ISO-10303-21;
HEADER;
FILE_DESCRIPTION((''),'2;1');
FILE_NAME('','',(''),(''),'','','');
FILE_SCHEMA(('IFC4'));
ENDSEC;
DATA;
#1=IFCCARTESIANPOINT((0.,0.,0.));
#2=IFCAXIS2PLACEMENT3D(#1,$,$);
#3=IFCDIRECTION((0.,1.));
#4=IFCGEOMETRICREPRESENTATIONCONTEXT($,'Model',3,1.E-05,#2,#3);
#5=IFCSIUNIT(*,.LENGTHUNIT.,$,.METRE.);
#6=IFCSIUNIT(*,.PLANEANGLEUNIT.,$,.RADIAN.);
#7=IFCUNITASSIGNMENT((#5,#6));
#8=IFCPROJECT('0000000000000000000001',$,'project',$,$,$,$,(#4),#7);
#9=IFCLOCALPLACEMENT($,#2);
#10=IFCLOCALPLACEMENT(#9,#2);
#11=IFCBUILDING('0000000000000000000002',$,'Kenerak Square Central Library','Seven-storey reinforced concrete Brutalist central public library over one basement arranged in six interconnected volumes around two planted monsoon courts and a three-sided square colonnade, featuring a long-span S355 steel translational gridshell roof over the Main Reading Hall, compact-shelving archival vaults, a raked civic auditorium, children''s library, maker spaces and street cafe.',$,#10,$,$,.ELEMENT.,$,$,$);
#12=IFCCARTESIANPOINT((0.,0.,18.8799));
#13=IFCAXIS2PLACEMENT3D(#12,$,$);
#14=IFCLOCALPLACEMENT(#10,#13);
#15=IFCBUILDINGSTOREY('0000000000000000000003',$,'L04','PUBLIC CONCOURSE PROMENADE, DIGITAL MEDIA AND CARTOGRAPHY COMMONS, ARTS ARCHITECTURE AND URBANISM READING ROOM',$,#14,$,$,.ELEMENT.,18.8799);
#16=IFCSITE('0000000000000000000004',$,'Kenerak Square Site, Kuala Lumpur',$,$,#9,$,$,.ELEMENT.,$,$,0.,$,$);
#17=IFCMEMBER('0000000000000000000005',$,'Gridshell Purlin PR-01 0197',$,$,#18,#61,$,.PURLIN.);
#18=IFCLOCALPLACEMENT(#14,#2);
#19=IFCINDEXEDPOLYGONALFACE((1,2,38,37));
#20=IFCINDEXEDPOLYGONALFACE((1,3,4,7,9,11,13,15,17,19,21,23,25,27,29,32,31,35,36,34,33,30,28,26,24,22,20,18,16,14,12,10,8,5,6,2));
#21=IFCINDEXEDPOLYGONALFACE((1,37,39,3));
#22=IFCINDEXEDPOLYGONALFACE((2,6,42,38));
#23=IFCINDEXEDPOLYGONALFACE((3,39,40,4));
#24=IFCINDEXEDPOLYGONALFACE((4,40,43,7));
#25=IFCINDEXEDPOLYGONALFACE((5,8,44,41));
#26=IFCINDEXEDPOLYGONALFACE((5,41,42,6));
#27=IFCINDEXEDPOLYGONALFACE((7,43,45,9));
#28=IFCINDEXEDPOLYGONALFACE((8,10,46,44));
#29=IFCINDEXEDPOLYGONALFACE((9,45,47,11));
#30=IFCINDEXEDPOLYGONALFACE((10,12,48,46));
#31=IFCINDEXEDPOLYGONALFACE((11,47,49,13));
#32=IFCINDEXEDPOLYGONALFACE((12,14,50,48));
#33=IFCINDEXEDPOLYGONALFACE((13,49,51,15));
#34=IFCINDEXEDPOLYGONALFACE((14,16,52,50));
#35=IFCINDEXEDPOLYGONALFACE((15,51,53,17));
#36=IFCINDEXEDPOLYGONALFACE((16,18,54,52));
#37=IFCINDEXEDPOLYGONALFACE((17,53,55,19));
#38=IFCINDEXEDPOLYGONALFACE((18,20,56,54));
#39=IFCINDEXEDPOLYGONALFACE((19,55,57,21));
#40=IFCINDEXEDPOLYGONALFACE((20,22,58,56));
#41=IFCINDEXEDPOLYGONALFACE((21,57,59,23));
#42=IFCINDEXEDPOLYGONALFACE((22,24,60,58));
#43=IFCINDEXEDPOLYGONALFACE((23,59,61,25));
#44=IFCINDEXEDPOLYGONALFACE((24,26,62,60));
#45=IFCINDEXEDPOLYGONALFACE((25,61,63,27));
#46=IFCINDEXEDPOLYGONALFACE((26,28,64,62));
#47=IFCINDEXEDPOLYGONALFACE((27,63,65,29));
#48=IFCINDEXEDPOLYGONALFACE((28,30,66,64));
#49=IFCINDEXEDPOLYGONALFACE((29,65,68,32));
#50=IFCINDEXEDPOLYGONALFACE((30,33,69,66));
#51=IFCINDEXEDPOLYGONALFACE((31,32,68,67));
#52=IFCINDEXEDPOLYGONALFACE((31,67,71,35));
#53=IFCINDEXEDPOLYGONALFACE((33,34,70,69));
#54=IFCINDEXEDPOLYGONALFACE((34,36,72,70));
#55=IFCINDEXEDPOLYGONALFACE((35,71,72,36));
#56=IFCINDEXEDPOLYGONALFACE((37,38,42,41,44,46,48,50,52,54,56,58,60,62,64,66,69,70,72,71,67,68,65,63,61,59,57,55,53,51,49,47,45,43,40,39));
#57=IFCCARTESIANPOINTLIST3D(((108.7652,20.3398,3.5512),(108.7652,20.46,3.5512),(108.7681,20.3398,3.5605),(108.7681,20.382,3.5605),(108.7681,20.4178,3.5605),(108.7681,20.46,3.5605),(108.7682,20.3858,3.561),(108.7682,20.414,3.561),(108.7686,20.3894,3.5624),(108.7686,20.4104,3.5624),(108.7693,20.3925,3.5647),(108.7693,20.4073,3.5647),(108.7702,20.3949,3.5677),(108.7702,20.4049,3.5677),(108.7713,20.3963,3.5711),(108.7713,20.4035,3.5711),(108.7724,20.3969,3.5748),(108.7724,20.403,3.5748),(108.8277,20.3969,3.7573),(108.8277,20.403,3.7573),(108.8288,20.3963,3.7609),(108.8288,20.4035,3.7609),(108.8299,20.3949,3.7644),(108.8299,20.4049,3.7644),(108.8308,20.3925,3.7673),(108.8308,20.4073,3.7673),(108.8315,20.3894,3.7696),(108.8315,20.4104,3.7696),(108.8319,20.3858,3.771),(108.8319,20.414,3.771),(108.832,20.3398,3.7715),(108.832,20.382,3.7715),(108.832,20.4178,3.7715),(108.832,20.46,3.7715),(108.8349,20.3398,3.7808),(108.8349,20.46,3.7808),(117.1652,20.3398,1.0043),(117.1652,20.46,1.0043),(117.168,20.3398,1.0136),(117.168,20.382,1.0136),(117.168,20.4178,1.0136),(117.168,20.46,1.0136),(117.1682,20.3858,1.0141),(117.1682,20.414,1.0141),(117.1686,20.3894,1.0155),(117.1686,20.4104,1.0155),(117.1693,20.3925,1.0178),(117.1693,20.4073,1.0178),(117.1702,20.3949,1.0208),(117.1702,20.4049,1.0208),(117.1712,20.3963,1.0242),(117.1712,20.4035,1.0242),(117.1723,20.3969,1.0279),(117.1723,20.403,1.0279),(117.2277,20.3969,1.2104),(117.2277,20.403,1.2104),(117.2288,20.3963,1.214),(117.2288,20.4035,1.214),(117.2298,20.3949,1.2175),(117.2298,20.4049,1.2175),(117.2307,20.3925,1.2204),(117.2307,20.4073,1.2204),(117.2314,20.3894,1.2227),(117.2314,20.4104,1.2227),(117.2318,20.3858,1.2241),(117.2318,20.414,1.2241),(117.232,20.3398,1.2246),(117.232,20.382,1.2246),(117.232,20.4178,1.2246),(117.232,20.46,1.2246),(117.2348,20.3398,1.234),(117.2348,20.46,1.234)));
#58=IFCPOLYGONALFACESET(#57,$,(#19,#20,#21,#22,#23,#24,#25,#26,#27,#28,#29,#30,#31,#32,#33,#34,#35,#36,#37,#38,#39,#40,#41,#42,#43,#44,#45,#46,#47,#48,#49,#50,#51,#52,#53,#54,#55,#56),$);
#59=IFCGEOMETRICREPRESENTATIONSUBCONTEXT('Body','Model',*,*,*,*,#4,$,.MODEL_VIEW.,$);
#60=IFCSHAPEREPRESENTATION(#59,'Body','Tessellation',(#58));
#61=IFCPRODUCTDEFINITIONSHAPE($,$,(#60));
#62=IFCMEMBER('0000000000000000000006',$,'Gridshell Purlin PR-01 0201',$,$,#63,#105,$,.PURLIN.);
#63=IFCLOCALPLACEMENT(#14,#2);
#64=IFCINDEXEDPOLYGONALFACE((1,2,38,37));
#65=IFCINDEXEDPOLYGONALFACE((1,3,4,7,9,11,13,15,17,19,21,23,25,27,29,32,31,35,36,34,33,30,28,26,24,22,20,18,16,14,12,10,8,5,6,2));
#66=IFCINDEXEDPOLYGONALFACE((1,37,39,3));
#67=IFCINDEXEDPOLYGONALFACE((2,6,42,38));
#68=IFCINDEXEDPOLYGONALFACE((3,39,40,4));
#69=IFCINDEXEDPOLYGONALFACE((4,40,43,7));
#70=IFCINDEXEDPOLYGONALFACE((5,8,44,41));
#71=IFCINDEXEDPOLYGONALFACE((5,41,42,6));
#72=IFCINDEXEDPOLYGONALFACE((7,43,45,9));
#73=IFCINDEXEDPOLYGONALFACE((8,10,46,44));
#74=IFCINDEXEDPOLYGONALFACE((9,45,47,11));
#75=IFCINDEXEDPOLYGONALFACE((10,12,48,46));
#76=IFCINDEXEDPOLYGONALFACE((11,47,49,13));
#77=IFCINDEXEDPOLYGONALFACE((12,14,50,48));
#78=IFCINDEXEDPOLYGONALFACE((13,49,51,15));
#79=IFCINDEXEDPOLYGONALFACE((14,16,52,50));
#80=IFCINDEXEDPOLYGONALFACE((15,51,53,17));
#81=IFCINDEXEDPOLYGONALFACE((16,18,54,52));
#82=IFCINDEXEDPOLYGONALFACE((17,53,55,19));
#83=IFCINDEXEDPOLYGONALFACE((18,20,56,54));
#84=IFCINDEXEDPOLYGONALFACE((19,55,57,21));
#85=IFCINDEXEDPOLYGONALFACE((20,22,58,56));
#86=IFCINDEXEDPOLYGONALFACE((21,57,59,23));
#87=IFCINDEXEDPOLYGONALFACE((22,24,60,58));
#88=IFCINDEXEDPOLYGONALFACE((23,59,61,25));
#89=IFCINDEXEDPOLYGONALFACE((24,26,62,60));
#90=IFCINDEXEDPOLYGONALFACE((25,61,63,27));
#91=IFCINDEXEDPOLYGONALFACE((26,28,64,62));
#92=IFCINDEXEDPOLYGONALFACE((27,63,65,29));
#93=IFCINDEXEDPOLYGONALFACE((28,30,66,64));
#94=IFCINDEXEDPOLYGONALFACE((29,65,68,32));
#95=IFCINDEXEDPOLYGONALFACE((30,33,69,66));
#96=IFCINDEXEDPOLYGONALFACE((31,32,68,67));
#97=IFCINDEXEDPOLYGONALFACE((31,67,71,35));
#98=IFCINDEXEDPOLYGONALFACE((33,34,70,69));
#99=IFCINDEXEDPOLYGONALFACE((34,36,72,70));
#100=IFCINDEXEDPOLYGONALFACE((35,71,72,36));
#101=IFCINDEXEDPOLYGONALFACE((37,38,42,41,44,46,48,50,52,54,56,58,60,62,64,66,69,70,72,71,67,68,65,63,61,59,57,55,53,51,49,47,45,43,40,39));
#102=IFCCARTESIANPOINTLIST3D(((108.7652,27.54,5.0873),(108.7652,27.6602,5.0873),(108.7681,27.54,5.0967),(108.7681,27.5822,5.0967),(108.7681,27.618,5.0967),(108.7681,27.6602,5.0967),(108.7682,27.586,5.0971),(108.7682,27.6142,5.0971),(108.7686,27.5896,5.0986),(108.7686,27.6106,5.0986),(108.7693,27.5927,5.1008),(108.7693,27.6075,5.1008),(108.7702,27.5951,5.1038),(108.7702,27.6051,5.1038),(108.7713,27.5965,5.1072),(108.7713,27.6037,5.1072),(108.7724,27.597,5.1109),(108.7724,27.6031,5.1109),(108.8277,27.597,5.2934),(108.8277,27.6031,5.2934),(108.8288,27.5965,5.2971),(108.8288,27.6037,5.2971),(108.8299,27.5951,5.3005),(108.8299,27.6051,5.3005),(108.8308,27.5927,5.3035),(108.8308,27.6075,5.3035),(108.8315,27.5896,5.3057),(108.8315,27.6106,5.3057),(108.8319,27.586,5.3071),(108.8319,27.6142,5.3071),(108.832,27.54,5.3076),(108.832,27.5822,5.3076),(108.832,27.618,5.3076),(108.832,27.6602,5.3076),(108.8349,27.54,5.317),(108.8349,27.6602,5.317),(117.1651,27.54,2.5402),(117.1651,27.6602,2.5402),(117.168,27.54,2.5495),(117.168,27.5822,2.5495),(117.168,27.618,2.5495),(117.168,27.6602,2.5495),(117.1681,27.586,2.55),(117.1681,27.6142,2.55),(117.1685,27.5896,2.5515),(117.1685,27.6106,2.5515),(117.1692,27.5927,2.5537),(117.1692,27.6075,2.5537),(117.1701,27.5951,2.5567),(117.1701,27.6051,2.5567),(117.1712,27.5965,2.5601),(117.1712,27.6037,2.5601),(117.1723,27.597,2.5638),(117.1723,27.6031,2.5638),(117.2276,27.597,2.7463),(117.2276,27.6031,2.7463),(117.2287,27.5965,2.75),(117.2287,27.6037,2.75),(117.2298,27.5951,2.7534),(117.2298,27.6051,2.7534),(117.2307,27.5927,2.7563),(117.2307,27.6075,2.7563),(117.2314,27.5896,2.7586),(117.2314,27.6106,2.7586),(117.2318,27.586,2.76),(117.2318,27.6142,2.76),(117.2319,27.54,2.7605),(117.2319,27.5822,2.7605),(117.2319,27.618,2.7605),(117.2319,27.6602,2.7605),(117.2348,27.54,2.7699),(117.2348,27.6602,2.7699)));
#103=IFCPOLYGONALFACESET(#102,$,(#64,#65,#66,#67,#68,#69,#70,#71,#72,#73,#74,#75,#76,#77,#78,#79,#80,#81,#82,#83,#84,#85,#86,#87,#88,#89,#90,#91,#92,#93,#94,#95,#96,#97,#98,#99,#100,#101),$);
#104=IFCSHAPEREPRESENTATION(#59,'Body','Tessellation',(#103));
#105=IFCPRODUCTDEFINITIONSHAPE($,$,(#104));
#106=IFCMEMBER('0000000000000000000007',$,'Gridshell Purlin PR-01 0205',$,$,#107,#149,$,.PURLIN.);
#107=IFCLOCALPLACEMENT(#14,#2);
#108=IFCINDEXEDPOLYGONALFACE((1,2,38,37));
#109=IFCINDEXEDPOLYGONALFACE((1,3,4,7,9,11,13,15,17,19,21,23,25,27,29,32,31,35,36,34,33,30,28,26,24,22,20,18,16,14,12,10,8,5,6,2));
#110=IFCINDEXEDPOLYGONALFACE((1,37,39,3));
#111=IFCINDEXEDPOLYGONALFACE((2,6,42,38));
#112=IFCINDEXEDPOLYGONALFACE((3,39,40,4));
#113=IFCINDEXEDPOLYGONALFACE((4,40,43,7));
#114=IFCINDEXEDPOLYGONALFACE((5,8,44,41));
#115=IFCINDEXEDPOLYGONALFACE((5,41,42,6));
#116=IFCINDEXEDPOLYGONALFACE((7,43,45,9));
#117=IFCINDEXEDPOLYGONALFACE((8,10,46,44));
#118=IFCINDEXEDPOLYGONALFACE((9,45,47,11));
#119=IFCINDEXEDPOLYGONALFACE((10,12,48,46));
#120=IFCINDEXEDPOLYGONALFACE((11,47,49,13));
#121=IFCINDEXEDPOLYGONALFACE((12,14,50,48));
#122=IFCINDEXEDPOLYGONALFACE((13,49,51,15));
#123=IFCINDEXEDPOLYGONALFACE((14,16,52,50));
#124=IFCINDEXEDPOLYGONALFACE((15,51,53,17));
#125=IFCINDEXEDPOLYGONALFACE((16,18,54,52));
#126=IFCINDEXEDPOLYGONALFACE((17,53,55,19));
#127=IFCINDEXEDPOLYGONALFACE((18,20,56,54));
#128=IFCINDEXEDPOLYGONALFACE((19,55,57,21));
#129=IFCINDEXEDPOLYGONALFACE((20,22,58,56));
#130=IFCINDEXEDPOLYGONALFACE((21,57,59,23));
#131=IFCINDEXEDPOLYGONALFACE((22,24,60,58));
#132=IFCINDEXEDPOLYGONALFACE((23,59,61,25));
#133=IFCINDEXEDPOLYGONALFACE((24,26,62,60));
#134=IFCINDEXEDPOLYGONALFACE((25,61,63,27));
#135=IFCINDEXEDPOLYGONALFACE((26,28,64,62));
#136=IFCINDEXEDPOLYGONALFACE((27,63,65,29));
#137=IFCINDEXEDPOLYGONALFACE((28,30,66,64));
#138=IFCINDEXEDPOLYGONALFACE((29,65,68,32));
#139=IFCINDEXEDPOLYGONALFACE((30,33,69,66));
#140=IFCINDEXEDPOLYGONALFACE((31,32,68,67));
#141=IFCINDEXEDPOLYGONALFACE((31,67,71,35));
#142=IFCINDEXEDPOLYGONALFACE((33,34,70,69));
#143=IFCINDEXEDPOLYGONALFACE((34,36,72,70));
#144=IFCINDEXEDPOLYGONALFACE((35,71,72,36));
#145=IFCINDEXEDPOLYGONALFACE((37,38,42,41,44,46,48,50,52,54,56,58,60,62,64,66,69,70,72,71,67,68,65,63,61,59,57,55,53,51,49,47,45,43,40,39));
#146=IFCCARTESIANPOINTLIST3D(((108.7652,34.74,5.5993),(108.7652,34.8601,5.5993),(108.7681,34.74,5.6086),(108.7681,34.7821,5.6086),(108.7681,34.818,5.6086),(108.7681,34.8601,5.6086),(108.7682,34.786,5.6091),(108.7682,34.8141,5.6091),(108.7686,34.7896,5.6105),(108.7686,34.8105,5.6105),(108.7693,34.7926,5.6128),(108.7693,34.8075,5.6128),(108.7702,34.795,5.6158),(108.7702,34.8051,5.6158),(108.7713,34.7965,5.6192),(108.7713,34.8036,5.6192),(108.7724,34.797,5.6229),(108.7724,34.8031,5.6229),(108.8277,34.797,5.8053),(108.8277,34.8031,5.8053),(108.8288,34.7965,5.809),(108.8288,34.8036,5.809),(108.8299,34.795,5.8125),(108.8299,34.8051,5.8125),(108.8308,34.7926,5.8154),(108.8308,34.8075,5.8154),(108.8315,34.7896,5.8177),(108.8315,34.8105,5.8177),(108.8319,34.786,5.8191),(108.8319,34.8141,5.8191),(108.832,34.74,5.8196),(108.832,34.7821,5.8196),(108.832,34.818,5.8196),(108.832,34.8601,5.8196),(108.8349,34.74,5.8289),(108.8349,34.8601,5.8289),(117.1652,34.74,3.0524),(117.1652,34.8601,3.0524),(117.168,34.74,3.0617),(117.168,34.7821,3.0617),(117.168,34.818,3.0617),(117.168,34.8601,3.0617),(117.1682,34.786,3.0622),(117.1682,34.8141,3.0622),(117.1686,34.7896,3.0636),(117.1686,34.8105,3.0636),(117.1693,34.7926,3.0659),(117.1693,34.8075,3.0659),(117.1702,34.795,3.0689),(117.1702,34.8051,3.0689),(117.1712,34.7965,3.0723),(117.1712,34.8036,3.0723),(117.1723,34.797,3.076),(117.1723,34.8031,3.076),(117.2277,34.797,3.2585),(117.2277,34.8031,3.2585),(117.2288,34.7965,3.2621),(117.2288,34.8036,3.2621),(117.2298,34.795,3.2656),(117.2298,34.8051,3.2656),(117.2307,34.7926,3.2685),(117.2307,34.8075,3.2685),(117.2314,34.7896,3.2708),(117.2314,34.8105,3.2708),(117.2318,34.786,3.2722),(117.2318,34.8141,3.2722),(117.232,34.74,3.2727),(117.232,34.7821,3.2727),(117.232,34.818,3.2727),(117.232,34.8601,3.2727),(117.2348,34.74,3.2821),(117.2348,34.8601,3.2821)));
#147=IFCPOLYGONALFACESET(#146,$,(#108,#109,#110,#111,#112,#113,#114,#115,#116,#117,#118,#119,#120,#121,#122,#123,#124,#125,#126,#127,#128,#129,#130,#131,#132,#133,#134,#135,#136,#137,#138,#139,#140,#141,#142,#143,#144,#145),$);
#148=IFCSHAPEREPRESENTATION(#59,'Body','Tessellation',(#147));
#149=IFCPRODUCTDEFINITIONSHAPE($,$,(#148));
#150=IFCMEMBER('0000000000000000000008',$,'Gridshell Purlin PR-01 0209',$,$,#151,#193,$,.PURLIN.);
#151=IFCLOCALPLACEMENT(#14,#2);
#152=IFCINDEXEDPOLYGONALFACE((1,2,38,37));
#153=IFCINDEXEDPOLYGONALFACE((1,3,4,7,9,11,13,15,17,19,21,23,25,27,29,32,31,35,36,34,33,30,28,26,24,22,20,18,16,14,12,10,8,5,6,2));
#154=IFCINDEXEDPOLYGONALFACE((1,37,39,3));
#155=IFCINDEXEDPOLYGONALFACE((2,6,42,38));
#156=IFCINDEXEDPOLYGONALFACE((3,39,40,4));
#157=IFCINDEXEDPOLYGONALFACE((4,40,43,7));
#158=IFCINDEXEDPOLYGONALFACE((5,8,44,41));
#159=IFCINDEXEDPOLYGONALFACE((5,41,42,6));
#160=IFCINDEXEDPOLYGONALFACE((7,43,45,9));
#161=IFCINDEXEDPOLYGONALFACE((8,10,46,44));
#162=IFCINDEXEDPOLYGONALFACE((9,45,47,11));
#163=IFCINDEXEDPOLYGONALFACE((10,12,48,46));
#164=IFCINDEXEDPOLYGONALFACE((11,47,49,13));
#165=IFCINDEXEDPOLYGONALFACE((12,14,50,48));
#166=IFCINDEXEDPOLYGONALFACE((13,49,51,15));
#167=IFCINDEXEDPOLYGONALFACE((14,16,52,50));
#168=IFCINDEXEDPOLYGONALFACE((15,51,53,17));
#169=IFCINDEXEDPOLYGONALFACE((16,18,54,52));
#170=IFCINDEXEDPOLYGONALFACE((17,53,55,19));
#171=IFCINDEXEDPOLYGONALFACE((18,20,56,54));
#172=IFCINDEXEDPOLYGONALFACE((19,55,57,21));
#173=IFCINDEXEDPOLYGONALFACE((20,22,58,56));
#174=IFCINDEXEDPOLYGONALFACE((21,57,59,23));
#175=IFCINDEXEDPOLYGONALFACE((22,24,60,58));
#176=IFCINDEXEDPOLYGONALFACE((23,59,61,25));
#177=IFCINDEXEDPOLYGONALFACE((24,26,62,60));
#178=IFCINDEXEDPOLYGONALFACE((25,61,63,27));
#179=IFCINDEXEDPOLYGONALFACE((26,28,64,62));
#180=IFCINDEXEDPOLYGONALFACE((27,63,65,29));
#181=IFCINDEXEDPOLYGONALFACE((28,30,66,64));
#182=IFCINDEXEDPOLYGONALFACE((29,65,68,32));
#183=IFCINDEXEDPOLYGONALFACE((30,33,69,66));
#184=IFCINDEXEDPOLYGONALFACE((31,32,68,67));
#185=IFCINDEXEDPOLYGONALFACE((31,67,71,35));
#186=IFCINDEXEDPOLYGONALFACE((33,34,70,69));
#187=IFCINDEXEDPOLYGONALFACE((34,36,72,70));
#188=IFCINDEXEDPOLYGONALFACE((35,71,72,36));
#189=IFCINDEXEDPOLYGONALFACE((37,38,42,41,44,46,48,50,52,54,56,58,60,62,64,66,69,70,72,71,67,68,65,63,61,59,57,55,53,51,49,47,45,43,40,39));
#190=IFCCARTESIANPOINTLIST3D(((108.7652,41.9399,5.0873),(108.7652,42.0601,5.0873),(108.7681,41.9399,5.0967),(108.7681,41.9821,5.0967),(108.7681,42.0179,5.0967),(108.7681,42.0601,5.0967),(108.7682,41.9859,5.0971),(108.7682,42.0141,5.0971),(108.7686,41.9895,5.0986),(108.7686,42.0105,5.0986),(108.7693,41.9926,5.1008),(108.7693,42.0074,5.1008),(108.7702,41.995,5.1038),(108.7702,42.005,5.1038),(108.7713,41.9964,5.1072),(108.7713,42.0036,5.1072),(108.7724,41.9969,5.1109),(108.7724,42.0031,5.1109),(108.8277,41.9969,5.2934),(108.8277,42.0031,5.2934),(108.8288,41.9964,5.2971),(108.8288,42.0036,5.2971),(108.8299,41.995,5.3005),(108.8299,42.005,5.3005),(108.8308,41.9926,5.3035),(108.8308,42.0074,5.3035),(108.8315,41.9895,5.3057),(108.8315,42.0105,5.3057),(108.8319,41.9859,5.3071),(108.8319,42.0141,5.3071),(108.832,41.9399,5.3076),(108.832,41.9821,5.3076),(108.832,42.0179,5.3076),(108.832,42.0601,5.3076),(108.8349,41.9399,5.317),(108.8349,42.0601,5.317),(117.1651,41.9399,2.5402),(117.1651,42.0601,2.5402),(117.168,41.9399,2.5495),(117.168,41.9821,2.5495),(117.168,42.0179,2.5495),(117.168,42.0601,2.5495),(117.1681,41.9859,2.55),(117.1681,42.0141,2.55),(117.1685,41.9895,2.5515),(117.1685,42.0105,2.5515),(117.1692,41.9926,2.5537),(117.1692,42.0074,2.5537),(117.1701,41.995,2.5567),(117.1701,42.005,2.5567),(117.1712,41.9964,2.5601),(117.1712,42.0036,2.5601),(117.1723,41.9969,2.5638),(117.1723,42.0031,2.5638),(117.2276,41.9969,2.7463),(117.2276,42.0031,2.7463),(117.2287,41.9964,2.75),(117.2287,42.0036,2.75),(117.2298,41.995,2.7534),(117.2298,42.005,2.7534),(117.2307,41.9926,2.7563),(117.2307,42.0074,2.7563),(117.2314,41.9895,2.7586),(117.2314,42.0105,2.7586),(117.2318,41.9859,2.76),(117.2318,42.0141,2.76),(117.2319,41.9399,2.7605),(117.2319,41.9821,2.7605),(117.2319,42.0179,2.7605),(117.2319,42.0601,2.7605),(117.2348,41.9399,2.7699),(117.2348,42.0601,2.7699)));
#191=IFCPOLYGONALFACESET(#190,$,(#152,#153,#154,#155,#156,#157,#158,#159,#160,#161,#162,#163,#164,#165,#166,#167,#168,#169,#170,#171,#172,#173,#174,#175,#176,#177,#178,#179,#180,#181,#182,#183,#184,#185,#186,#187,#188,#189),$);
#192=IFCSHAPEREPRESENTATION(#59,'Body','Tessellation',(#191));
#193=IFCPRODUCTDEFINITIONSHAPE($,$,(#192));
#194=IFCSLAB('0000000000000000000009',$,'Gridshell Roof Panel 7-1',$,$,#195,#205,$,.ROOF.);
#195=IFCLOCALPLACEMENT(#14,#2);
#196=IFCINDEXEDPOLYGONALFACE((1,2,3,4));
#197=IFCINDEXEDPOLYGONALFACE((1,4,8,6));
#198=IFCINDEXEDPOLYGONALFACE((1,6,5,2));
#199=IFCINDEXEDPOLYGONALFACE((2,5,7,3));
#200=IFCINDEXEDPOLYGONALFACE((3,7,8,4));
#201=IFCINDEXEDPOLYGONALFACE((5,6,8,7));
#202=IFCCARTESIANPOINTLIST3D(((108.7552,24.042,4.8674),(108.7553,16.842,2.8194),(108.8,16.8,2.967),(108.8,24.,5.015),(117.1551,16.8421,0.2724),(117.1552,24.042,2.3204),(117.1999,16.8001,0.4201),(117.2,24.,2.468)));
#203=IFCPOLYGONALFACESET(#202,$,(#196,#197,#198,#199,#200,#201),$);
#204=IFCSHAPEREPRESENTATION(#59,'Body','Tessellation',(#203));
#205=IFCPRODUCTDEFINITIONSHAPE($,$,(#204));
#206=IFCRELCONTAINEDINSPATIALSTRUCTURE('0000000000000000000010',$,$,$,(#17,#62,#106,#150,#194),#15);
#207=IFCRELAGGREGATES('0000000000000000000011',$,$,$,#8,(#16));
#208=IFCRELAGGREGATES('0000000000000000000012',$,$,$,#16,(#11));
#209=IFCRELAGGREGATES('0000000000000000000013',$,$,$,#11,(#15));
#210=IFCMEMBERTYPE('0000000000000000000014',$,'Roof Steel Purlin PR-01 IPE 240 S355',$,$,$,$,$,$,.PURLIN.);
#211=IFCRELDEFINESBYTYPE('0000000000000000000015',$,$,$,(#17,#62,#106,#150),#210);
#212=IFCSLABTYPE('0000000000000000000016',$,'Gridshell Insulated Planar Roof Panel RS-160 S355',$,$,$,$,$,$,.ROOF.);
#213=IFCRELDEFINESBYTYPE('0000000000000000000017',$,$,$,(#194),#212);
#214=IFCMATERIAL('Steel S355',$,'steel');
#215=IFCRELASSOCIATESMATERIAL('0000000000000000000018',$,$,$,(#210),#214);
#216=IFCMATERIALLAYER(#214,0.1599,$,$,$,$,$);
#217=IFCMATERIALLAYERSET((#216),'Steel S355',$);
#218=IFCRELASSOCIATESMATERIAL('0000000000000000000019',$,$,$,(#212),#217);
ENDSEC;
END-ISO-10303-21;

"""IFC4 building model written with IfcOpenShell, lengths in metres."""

from ifc_helpers import new_model, si_unit, direction, frame, origin, origin_2d, place, context, subcontext, project, spatial, polyline, i_section, outline, extrude, material, layer, layer_set, material_profile, profile_set, type_object, element, save


model = new_model("IFC4")

# Units and contexts
model_context = context("Model", 3, precision=1e-05, world=origin(), true_north=direction((0.0, 1.0)))
body_context = subcontext(model_context, "Body", "Model", "MODEL_VIEW")
ifc_project = project(units=[si_unit("LENGTHUNIT", "METRE"), si_unit("PLANEANGLEUNIT", "RADIAN")], contexts=[model_context])

# Site, building, storey
site_placement = place(None, origin())
site = spatial("IfcSite", under=ifc_project, at=site_placement, Name="Kenerak Square Site, Kuala Lumpur", CompositionType="ELEMENT", RefElevation=0.0)
building_placement = place(site_placement, origin())
building = spatial("IfcBuilding", under=site, at=building_placement, Name="Kenerak Square Central Library", Description="Seven-storey reinforced concrete Brutalist central public library over one basement arranged in six interconnected volumes around two planted monsoon courts and a three-sided square colonnade, featuring a long-span S355 steel translational gridshell roof over the Main Reading Hall, compact-shelving archival vaults, a raked civic auditorium, children's library, maker spaces and street cafe.", CompositionType="ELEMENT")
storey_placement = place(building_placement, frame((0.0, 0.0, 18.8799)))
storey = spatial("IfcBuildingStorey", under=building, at=storey_placement, Name="L04", Description="PUBLIC CONCOURSE PROMENADE, DIGITAL MEDIA AND CARTOGRAPHY COMMONS, ARTS ARCHITECTURE AND URBANISM READING ROOM", CompositionType="ELEMENT", Elevation=18.8799)

# Members
ifc_material = material(Name="Steel S355", Category="steel")
ifc_material_profile_1 = material_profile(ifc_material, i_section(OverallWidth=0.1201, OverallDepth=0.24, WebThickness=0.0061, FlangeThickness=0.0098, FilletRadius=0.0149, at=origin_2d()), Name="IPE 240")
ifc_profile_set_1 = profile_set([ifc_material_profile_1], Name="Steel S355")
member_type_1 = type_object("IfcMemberType", Name="Roof Steel Purlin PR-01 IPE 240 S355", PredefinedType="PURLIN", material=ifc_profile_set_1)
for number, where, z_axis, x_axis, name in (
    (1, (108.8, 20.3999, 3.666), (0.956979, 0.0, -0.290159), (0.0, 1.0, 0.0), "Gridshell Purlin PR-01 0197"),
    (2, (108.8, 27.6001, 5.2021), (0.956971, 0.0, -0.290184), (0.0, 1.0, 0.0), "Gridshell Purlin PR-01 0201"),
    (3, (108.8, 34.8, 5.7141), (0.956979, 0.0, -0.290159), (0.0, 1.0, 0.0), "Gridshell Purlin PR-01 0205"),
    (4, (108.8, 42.0, 5.2021), (0.956971, 0.0, -0.290184), (0.0, 1.0, 0.0), "Gridshell Purlin PR-01 0209"),
):
    element("IfcMember", number, at=place(storey_placement, frame(where, z_axis=z_axis, x_axis=x_axis)), inside=storey, type_object=member_type_1, Name=name, PredefinedType="PURLIN", context=body_context, shape_type="SweptSolid", body=[
        extrude(i_section(OverallWidth=0.1201, OverallDepth=0.24, WebThickness=0.0061, FlangeThickness=0.0098, FilletRadius=0.0149, at=origin_2d()), origin(), (0.0, 0.0, 1.0), 8.7776),
    ])

# Slab
ifc_layer_1 = layer(ifc_material, 0.1599)
ifc_layer_set_1 = layer_set([ifc_layer_1], Name="Steel S355")
slab_type = type_object("IfcSlabType", Name="Gridshell Insulated Planar Roof Panel RS-160 S355", PredefinedType="ROOF", material=ifc_layer_set_1)
slab_1_placement = place(storey_placement, frame((108.8, 16.8, 2.967), z_axis=(0.279984, -0.262648, 0.923377), x_axis=(0.956975, 0.000003, -0.290171)))
element("IfcSlab", 5, at=slab_1_placement, inside=storey, type_object=slab_type, Name="Gridshell Roof Panel 7-1", PredefinedType="ROOF", context=body_context, shape_type="SweptSolid", body=[
    extrude(outline(polyline([(0.0, 0.0), (8.7775, 0.0), (8.1833, 7.4619), (-0.5943, 7.462), (0.0, 0.0)])), origin(), (0.0, 0.0, -1.0), 0.1599),
])

save(model, "model.ifc")
